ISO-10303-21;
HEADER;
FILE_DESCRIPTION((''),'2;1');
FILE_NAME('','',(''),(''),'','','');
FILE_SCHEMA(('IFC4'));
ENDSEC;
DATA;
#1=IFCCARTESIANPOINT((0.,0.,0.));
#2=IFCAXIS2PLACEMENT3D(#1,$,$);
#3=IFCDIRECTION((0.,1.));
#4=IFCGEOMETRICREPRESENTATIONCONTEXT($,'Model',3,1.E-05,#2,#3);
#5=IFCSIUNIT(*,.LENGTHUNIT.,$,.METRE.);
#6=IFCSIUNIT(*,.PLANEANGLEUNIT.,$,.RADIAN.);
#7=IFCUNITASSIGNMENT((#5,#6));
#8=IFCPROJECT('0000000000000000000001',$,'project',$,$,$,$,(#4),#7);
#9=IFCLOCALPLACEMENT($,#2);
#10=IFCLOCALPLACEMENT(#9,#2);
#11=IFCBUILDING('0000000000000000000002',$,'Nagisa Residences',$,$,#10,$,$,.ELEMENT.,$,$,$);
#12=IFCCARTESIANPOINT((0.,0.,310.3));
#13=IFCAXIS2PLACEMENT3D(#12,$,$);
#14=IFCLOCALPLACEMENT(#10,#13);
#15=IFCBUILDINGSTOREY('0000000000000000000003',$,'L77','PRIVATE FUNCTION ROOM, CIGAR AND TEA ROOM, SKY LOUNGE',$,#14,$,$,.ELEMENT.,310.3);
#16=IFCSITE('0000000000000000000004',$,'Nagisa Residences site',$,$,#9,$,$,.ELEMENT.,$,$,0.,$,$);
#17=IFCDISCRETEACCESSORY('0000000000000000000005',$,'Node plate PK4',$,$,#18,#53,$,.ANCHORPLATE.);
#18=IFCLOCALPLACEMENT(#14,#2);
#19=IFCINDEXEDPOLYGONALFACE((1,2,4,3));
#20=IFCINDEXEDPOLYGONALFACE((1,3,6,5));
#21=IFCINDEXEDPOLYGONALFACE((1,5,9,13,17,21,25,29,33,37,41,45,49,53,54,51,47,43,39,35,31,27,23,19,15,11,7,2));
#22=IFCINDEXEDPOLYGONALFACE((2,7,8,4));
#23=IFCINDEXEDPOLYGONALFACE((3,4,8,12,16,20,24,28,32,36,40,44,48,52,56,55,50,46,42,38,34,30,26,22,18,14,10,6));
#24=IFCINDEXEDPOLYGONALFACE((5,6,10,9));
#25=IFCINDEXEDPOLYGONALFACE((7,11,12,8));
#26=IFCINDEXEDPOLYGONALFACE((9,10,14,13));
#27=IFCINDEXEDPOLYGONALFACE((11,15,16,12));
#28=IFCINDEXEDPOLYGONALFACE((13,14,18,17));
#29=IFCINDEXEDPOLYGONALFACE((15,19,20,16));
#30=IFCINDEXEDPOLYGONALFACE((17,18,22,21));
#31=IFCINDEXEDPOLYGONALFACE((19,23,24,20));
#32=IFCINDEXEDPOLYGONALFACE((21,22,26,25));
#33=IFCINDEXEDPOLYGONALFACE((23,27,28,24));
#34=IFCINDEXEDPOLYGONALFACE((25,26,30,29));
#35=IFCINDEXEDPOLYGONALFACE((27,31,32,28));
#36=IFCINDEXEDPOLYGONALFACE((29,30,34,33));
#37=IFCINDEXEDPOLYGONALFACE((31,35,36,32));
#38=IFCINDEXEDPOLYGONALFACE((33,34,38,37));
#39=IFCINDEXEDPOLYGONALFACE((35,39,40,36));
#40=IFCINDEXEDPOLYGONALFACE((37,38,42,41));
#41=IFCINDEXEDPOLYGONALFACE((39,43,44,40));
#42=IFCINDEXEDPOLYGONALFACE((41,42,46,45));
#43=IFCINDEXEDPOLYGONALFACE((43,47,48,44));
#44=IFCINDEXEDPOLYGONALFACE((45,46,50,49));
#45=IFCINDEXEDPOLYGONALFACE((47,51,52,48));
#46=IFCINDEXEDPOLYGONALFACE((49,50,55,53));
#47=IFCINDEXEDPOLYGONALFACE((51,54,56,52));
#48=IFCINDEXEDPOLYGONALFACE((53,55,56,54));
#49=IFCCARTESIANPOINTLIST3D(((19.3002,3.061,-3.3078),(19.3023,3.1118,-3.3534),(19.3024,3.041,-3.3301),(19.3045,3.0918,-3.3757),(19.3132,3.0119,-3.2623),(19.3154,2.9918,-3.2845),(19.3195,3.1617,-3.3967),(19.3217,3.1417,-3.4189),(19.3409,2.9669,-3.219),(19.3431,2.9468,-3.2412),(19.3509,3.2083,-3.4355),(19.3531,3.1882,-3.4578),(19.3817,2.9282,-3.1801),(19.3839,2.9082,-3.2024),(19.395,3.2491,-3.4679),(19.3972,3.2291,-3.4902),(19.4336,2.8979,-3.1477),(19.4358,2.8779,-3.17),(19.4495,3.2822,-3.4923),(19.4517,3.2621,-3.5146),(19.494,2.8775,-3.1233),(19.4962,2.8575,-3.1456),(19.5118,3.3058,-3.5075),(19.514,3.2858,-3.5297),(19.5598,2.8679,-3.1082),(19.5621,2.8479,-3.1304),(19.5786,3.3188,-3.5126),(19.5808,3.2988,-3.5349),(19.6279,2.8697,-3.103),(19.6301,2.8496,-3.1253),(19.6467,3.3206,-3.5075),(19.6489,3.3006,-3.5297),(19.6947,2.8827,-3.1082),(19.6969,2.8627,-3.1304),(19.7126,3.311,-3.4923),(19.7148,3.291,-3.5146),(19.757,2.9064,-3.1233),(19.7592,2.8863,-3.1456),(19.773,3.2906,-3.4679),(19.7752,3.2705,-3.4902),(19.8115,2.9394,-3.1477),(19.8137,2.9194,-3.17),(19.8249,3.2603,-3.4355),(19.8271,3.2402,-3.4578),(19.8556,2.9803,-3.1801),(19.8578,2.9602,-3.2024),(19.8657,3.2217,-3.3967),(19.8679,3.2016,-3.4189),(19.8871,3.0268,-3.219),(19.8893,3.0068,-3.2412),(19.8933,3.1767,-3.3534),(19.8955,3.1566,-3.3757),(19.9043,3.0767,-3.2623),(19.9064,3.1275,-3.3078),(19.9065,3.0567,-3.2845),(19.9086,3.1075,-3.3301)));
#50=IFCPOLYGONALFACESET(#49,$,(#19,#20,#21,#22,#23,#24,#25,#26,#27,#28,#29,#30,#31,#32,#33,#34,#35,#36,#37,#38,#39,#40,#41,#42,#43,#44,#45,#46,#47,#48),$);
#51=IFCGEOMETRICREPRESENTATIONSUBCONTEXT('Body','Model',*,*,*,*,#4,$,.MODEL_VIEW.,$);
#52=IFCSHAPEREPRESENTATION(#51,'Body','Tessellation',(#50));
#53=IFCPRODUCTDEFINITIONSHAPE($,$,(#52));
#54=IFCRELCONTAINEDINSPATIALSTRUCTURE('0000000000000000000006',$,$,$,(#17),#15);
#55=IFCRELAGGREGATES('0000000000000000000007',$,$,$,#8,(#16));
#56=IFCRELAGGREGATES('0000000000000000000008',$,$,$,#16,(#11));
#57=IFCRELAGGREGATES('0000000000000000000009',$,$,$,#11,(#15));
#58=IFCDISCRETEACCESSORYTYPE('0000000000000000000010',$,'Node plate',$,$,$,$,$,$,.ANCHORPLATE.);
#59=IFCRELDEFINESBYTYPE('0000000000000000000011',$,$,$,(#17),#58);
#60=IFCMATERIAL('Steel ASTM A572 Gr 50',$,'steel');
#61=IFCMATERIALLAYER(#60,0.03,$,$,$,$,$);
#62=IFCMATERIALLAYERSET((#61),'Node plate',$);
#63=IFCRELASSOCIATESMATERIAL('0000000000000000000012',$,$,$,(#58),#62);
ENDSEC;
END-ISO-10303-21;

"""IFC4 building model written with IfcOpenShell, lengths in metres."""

from ifc_helpers import new_model, si_unit, direction, frame, origin, origin_2d, place, context, subcontext, project, spatial, circle, extrude, material, layer, layer_set, type_object, element, save


model = new_model("IFC4")

# Units and contexts
model_context = context("Model", 3, precision=1e-05, world=origin(), true_north=direction((0.0, 1.0)))
body_context = subcontext(model_context, "Body", "Model", "MODEL_VIEW")
ifc_project = project(units=[si_unit("LENGTHUNIT", "METRE"), si_unit("PLANEANGLEUNIT", "RADIAN")], contexts=[model_context])

# Site, building, storey
site_placement = place(None, origin())
site = spatial("IfcSite", under=ifc_project, at=site_placement, Name="Nagisa Residences site", CompositionType="ELEMENT", RefElevation=0.0)
building_placement = place(site_placement, origin())
building = spatial("IfcBuilding", under=site, at=building_placement, Name="Nagisa Residences", CompositionType="ELEMENT")
storey_placement = place(building_placement, frame((0.0, 0.0, 310.3)))
storey = spatial("IfcBuildingStorey", under=building, at=storey_placement, Name="L77", Description="PRIVATE FUNCTION ROOM, CIGAR AND TEA ROOM, SKY LOUNGE", CompositionType="ELEMENT", Elevation=310.3)

# Discrete accessory
ifc_material_1 = material(Name="Steel ASTM A572 Gr 50", Category="steel")
ifc_layer_1 = layer(ifc_material_1, 0.03)
ifc_layer_set_1 = layer_set([ifc_layer_1], Name="Node plate")
discrete_accessory_type_1 = type_object("IfcDiscreteAccessoryType", Name="Node plate", PredefinedType="ANCHORPLATE", material=ifc_layer_set_1)
for number, where, z_axis, x_axis, name in (
    (1, (19.6055, 3.0742, -3.3301), (-0.073275, 0.667616, 0.740891), (-0.994031, -0.109101, 0.0), "Node plate PK4"),
):
    element("IfcDiscreteAccessory", number, at=place(storey_placement, frame(where, z_axis=z_axis, x_axis=x_axis)), inside=storey, type_object=discrete_accessory_type_1, Name=name, PredefinedType="ANCHORPLATE", context=body_context, shape_type="SweptSolid", body=[
        extrude(circle(Radius=0.3049, at=origin_2d()), origin(), (0.0, 0.0, 1.0), 0.03),
    ])

save(model, "model.ifc")
